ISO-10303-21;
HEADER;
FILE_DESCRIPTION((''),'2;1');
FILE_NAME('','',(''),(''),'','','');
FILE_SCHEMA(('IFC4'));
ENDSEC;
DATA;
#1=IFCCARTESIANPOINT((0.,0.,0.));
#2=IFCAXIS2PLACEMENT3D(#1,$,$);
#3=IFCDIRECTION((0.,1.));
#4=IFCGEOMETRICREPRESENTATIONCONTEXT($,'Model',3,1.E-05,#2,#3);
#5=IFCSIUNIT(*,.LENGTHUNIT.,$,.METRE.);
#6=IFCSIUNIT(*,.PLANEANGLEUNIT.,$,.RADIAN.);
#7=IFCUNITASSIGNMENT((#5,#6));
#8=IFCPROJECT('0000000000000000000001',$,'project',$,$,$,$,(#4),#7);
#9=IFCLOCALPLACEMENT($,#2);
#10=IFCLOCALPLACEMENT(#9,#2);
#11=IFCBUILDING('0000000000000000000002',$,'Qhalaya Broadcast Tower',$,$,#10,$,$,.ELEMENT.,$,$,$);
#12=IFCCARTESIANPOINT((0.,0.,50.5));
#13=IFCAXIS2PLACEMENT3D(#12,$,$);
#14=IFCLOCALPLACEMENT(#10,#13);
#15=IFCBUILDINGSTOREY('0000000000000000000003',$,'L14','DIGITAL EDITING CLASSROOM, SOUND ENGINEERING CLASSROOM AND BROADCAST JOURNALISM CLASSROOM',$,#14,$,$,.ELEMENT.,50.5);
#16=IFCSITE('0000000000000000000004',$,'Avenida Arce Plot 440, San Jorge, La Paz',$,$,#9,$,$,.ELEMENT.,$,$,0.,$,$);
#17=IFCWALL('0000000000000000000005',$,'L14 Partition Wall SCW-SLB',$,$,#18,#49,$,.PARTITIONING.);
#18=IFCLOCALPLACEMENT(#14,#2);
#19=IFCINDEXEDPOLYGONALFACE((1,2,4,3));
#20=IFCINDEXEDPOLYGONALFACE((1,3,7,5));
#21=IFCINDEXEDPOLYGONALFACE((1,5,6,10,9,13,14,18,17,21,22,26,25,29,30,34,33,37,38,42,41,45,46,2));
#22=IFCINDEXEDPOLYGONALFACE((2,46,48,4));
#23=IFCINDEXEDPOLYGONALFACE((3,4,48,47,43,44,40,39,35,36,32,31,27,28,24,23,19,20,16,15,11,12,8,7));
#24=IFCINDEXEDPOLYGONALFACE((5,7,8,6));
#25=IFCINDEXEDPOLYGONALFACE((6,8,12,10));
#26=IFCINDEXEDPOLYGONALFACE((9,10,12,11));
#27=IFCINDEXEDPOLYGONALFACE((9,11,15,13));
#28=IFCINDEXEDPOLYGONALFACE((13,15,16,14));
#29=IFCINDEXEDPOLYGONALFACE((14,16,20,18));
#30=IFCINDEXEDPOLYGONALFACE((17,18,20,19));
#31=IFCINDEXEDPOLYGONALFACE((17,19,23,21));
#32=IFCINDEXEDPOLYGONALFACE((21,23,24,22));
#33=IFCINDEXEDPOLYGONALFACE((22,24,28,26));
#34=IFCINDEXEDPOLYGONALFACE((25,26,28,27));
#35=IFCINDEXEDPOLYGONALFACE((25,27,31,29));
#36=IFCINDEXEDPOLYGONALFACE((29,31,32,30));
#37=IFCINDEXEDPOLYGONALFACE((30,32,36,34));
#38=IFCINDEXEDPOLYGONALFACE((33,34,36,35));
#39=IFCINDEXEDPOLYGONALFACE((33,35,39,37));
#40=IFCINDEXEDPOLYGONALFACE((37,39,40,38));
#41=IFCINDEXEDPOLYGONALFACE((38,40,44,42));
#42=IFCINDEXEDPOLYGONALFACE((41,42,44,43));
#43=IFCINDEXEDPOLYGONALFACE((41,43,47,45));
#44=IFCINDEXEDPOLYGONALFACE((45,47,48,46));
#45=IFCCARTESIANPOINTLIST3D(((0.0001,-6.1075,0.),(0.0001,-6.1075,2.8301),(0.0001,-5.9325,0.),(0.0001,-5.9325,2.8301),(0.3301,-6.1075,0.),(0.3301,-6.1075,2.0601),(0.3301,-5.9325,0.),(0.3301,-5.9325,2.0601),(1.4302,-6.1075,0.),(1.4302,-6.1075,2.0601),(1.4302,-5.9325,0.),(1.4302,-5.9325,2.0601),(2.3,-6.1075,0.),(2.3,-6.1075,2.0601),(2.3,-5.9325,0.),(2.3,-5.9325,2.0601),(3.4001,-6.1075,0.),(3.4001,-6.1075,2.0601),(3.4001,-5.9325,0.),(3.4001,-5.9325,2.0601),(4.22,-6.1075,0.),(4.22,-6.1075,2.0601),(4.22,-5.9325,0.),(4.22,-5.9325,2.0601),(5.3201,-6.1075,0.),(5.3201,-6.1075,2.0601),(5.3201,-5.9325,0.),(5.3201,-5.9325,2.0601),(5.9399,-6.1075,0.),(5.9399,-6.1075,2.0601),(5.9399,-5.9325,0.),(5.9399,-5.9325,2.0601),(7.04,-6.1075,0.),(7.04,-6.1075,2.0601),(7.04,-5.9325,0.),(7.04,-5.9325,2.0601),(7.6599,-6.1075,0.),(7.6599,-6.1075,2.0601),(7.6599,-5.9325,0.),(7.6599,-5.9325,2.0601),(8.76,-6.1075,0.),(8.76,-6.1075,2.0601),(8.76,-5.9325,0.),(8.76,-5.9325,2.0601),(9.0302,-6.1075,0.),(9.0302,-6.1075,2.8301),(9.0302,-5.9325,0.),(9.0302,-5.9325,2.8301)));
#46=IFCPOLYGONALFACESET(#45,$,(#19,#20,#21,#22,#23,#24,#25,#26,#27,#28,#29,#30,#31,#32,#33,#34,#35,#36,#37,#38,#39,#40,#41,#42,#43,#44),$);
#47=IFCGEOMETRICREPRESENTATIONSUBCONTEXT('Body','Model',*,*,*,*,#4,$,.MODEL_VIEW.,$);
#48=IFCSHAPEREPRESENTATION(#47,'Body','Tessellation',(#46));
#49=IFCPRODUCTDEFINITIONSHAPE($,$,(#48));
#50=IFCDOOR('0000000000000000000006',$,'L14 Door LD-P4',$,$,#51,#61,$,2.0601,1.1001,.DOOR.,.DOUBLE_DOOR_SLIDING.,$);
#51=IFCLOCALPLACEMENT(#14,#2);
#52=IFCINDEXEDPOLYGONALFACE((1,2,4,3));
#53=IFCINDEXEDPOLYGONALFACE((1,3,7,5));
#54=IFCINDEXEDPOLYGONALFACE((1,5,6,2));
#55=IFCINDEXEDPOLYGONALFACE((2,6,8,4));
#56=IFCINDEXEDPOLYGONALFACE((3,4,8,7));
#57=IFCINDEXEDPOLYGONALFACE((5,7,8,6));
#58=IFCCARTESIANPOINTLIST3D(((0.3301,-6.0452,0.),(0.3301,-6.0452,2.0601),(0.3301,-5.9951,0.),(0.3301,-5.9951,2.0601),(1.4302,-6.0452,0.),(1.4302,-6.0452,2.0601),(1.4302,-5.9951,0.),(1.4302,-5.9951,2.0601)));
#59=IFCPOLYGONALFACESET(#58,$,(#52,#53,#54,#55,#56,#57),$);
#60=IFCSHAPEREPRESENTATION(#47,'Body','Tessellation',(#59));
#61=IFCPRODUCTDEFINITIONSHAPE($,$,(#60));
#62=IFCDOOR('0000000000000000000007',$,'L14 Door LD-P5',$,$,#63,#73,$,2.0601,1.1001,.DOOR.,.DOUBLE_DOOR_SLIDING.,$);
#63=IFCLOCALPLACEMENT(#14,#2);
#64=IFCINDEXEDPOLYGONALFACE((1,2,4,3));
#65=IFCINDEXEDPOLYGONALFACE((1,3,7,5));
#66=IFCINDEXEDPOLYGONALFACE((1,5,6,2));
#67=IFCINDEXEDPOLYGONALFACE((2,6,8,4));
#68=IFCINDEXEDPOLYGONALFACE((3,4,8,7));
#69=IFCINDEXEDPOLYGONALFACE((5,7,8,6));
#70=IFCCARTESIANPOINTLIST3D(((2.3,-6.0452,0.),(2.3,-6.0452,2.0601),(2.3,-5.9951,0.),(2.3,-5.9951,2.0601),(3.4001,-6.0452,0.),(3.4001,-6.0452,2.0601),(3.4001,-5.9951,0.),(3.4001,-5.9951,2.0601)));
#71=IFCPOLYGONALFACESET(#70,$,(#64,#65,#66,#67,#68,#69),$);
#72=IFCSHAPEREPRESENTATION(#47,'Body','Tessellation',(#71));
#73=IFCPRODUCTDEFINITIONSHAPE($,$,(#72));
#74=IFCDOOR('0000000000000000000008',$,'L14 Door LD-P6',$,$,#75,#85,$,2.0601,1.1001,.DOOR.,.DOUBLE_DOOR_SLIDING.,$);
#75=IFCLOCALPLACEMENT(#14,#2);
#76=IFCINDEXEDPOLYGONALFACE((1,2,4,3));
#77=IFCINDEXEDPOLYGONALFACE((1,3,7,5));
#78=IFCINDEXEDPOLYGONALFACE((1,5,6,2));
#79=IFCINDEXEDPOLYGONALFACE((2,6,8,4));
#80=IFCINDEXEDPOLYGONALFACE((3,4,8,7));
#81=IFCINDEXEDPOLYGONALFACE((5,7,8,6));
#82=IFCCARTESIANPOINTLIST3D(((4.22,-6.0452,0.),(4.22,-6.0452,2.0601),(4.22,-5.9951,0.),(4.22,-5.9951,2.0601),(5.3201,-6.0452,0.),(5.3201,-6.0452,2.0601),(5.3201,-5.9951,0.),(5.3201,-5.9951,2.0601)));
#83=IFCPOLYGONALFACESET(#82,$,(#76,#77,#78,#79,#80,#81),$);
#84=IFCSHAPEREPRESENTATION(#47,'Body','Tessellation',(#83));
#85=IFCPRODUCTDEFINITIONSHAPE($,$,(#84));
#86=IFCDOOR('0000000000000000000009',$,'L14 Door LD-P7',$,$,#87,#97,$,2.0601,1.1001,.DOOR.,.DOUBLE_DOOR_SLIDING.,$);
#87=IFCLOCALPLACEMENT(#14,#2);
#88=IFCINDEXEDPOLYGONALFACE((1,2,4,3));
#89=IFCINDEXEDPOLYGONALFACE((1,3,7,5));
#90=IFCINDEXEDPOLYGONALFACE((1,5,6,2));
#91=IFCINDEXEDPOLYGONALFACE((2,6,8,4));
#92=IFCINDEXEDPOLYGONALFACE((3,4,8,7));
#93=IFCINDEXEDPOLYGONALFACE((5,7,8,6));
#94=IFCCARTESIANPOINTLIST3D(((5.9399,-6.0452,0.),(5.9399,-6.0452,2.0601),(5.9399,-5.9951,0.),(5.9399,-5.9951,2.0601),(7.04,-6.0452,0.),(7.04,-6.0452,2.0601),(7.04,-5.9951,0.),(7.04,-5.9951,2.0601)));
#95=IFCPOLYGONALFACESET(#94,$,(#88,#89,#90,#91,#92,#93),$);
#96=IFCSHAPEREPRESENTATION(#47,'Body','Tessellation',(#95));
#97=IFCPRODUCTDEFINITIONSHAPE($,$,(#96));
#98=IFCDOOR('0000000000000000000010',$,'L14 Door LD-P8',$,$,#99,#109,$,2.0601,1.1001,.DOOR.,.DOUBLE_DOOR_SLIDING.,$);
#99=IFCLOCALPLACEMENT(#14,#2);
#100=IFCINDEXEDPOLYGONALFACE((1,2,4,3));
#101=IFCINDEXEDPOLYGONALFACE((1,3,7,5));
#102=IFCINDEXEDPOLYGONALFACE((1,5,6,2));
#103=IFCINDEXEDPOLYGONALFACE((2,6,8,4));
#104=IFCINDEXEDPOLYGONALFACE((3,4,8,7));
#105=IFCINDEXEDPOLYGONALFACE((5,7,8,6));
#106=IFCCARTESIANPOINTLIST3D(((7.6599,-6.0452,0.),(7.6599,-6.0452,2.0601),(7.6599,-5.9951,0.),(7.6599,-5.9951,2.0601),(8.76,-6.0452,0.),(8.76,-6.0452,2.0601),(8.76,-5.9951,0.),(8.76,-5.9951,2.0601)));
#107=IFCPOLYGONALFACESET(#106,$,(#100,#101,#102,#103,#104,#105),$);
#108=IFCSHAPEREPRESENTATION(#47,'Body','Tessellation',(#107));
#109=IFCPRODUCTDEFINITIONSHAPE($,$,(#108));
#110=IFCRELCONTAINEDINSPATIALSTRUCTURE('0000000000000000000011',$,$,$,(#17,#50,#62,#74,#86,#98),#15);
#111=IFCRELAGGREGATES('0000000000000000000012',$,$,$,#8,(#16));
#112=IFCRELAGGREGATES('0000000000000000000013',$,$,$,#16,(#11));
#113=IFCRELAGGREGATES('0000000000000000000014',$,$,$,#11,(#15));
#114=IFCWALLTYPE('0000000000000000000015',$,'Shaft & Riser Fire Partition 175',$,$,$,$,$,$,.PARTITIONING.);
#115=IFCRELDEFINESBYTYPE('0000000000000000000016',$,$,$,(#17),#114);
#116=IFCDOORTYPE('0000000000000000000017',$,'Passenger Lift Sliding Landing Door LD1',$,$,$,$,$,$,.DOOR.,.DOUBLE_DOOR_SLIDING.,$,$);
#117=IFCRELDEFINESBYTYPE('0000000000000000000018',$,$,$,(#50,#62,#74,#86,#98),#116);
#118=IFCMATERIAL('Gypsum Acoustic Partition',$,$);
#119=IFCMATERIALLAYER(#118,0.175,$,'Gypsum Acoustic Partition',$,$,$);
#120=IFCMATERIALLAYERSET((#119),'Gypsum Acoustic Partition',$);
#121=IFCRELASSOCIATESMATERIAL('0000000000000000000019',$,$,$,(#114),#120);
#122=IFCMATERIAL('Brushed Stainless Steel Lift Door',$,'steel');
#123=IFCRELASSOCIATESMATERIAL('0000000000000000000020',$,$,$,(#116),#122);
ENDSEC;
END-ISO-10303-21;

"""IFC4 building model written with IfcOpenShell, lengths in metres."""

from ifc_helpers import new_model, si_unit, direction, frame, frame_2d, origin, place, context, subcontext, project, spatial, rectangle, extrude, material, layer, layer_set, type_object, element, fill, save


model = new_model("IFC4")

# Units and contexts
model_context = context("Model", 3, precision=1e-05, world=origin(), true_north=direction((0.0, 1.0)))
body_context = subcontext(model_context, "Body", "Model", "MODEL_VIEW")
ifc_project = project(units=[si_unit("LENGTHUNIT", "METRE"), si_unit("PLANEANGLEUNIT", "RADIAN")], contexts=[model_context])

# Site, building, storey
site_placement = place(None, origin())
site = spatial("IfcSite", under=ifc_project, at=site_placement, Name="Avenida Arce Plot 440, San Jorge, La Paz", CompositionType="ELEMENT", RefElevation=0.0)
building_placement = place(site_placement, origin())
building = spatial("IfcBuilding", under=site, at=building_placement, Name="Qhalaya Broadcast Tower", CompositionType="ELEMENT")
storey_placement = place(building_placement, frame((0.0, 0.0, 50.5)))
storey = spatial("IfcBuildingStorey", under=building, at=storey_placement, Name="L14", Description="DIGITAL EDITING CLASSROOM, SOUND ENGINEERING CLASSROOM AND BROADCAST JOURNALISM CLASSROOM", CompositionType="ELEMENT", Elevation=50.5)

# Shared definitions
ifc_material_1 = material(Name="Gypsum Acoustic Partition")

# Wall, openings, doors
ifc_layer_1 = layer(ifc_material_1, 0.175, Name="Gypsum Acoustic Partition")
ifc_layer_set_1 = layer_set([ifc_layer_1], Name="Gypsum Acoustic Partition")
wall_type_1 = type_object("IfcWallType", Name="Shaft & Riser Fire Partition 175", PredefinedType="PARTITIONING", material=ifc_layer_set_1)
wall_1_placement = place(storey_placement, frame((0.0, -6.02, 0.0), z_axis=(0.0, 0.0, 1.0), x_axis=(1.0, 0.0, 0.0)))
wall_1 = element("IfcWall", 1, at=wall_1_placement, inside=storey, type_object=wall_type_1, Name="L14 Partition Wall SCW-SLB", PredefinedType="PARTITIONING", context=body_context, shape_type="SweptSolid", body=[
    extrude(rectangle(XDim=9.03, YDim=0.175, at=frame_2d((4.5151, 0.0))), origin(), (0.0, 0.0, 1.0), 2.8301),
])
opening_1_placement = place(wall_1_placement, frame((0.3301, 0.0, 0.0)))
opening_1 = element("IfcOpeningElement", 2, at=opening_1_placement, cuts=wall_1, PredefinedType="OPENING", context=body_context, shape_type="SweptSolid", body=[
    extrude(rectangle(XDim=1.1001, YDim=2.0601, at=frame_2d((0.55, 1.03))), frame((0.0, 0.0996, 0.0), z_axis=(0.0, -1.0, 0.0), x_axis=(1.0, 0.0, 0.0)), (0.0, 0.0, 1.0), 0.199),
])
opening_2_placement = place(wall_1_placement, frame((2.3, 0.0, 0.0)))
opening_2 = element("IfcOpeningElement", 3, at=opening_2_placement, cuts=wall_1, PredefinedType="OPENING", context=body_context, shape_type="SweptSolid", body=[
    extrude(rectangle(XDim=1.1001, YDim=2.0601, at=frame_2d((0.55, 1.03))), frame((0.0, 0.0996, 0.0), z_axis=(0.0, -1.0, 0.0), x_axis=(1.0, 0.0, 0.0)), (0.0, 0.0, 1.0), 0.199),
])
opening_3_placement = place(wall_1_placement, frame((4.22, 0.0, 0.0)))
opening_3 = element("IfcOpeningElement", 4, at=opening_3_placement, cuts=wall_1, PredefinedType="OPENING", context=body_context, shape_type="SweptSolid", body=[
    extrude(rectangle(XDim=1.1001, YDim=2.0601, at=frame_2d((0.55, 1.03))), frame((0.0, 0.0996, 0.0), z_axis=(0.0, -1.0, 0.0), x_axis=(1.0, 0.0, 0.0)), (0.0, 0.0, 1.0), 0.199),
])
opening_4_placement = place(wall_1_placement, frame((5.9399, 0.0, 0.0)))
opening_4 = element("IfcOpeningElement", 5, at=opening_4_placement, cuts=wall_1, PredefinedType="OPENING", context=body_context, shape_type="SweptSolid", body=[
    extrude(rectangle(XDim=1.1001, YDim=2.0601, at=frame_2d((0.55, 1.03))), frame((0.0, 0.0996, 0.0), z_axis=(0.0, -1.0, 0.0), x_axis=(1.0, 0.0, 0.0)), (0.0, 0.0, 1.0), 0.199),
])
opening_5_placement = place(wall_1_placement, frame((7.6599, 0.0, 0.0)))
opening_5 = element("IfcOpeningElement", 6, at=opening_5_placement, cuts=wall_1, PredefinedType="OPENING", context=body_context, shape_type="SweptSolid", body=[
    extrude(rectangle(XDim=1.1001, YDim=2.0601, at=frame_2d((0.55, 1.03))), frame((0.0, 0.0996, 0.0), z_axis=(0.0, -1.0, 0.0), x_axis=(1.0, 0.0, 0.0)), (0.0, 0.0, 1.0), 0.199),
])
ifc_material_2 = material(Name="Brushed Stainless Steel Lift Door", Category="steel")
door_type_1 = type_object("IfcDoorType", Name="Passenger Lift Sliding Landing Door LD1", OperationType="DOUBLE_DOOR_SLIDING", PredefinedType="DOOR", material=ifc_material_2)
door_1_placement = place(opening_1_placement, origin())
door_1 = element("IfcDoor", 7, at=door_1_placement, inside=storey, type_object=door_type_1, Name="L14 Door LD-P4", OperationType="DOUBLE_DOOR_SLIDING", OverallHeight=2.0601, OverallWidth=1.1001, PredefinedType="DOOR", context=body_context, shape_type="SweptSolid", body=[
    extrude(rectangle(XDim=1.1001, YDim=2.0601, at=frame_2d((0.55, 1.03))), frame((0.0, 0.0249, 0.0), z_axis=(0.0, -1.0, 0.0), x_axis=(1.0, 0.0, 0.0)), (0.0, 0.0, 1.0), 0.05),
])
fill(opening_1, door_1)
door_2_placement = place(opening_2_placement, origin())
door_2 = element("IfcDoor", 8, at=door_2_placement, inside=storey, type_object=door_type_1, Name="L14 Door LD-P5", OperationType="DOUBLE_DOOR_SLIDING", OverallHeight=2.0601, OverallWidth=1.1001, PredefinedType="DOOR", context=body_context, shape_type="SweptSolid", body=[
    extrude(rectangle(XDim=1.1001, YDim=2.0601, at=frame_2d((0.55, 1.03))), frame((0.0, 0.0249, 0.0), z_axis=(0.0, -1.0, 0.0), x_axis=(1.0, 0.0, 0.0)), (0.0, 0.0, 1.0), 0.05),
])
fill(opening_2, door_2)
door_3_placement = place(opening_3_placement, origin())
door_3 = element("IfcDoor", 9, at=door_3_placement, inside=storey, type_object=door_type_1, Name="L14 Door LD-P6", OperationType="DOUBLE_DOOR_SLIDING", OverallHeight=2.0601, OverallWidth=1.1001, PredefinedType="DOOR", context=body_context, shape_type="SweptSolid", body=[
    extrude(rectangle(XDim=1.1001, YDim=2.0601, at=frame_2d((0.55, 1.03))), frame((0.0, 0.0249, 0.0), z_axis=(0.0, -1.0, 0.0), x_axis=(1.0, 0.0, 0.0)), (0.0, 0.0, 1.0), 0.05),
])
fill(opening_3, door_3)
door_4_placement = place(opening_4_placement, origin())
door_4 = element("IfcDoor", 10, at=door_4_placement, inside=storey, type_object=door_type_1, Name="L14 Door LD-P7", OperationType="DOUBLE_DOOR_SLIDING", OverallHeight=2.0601, OverallWidth=1.1001, PredefinedType="DOOR", context=body_context, shape_type="SweptSolid", body=[
    extrude(rectangle(XDim=1.1001, YDim=2.0601, at=frame_2d((0.55, 1.03))), frame((0.0, 0.0249, 0.0), z_axis=(0.0, -1.0, 0.0), x_axis=(1.0, 0.0, 0.0)), (0.0, 0.0, 1.0), 0.05),
])
fill(opening_4, door_4)
door_5_placement = place(opening_5_placement, origin())
door_5 = element("IfcDoor", 11, at=door_5_placement, inside=storey, type_object=door_type_1, Name="L14 Door LD-P8", OperationType="DOUBLE_DOOR_SLIDING", OverallHeight=2.0601, OverallWidth=1.1001, PredefinedType="DOOR", context=body_context, shape_type="SweptSolid", body=[
    extrude(rectangle(XDim=1.1001, YDim=2.0601, at=frame_2d((0.55, 1.03))), frame((0.0, 0.0249, 0.0), z_axis=(0.0, -1.0, 0.0), x_axis=(1.0, 0.0, 0.0)), (0.0, 0.0, 1.0), 0.05),
])
fill(opening_5, door_5)

save(model, "model.ifc")
